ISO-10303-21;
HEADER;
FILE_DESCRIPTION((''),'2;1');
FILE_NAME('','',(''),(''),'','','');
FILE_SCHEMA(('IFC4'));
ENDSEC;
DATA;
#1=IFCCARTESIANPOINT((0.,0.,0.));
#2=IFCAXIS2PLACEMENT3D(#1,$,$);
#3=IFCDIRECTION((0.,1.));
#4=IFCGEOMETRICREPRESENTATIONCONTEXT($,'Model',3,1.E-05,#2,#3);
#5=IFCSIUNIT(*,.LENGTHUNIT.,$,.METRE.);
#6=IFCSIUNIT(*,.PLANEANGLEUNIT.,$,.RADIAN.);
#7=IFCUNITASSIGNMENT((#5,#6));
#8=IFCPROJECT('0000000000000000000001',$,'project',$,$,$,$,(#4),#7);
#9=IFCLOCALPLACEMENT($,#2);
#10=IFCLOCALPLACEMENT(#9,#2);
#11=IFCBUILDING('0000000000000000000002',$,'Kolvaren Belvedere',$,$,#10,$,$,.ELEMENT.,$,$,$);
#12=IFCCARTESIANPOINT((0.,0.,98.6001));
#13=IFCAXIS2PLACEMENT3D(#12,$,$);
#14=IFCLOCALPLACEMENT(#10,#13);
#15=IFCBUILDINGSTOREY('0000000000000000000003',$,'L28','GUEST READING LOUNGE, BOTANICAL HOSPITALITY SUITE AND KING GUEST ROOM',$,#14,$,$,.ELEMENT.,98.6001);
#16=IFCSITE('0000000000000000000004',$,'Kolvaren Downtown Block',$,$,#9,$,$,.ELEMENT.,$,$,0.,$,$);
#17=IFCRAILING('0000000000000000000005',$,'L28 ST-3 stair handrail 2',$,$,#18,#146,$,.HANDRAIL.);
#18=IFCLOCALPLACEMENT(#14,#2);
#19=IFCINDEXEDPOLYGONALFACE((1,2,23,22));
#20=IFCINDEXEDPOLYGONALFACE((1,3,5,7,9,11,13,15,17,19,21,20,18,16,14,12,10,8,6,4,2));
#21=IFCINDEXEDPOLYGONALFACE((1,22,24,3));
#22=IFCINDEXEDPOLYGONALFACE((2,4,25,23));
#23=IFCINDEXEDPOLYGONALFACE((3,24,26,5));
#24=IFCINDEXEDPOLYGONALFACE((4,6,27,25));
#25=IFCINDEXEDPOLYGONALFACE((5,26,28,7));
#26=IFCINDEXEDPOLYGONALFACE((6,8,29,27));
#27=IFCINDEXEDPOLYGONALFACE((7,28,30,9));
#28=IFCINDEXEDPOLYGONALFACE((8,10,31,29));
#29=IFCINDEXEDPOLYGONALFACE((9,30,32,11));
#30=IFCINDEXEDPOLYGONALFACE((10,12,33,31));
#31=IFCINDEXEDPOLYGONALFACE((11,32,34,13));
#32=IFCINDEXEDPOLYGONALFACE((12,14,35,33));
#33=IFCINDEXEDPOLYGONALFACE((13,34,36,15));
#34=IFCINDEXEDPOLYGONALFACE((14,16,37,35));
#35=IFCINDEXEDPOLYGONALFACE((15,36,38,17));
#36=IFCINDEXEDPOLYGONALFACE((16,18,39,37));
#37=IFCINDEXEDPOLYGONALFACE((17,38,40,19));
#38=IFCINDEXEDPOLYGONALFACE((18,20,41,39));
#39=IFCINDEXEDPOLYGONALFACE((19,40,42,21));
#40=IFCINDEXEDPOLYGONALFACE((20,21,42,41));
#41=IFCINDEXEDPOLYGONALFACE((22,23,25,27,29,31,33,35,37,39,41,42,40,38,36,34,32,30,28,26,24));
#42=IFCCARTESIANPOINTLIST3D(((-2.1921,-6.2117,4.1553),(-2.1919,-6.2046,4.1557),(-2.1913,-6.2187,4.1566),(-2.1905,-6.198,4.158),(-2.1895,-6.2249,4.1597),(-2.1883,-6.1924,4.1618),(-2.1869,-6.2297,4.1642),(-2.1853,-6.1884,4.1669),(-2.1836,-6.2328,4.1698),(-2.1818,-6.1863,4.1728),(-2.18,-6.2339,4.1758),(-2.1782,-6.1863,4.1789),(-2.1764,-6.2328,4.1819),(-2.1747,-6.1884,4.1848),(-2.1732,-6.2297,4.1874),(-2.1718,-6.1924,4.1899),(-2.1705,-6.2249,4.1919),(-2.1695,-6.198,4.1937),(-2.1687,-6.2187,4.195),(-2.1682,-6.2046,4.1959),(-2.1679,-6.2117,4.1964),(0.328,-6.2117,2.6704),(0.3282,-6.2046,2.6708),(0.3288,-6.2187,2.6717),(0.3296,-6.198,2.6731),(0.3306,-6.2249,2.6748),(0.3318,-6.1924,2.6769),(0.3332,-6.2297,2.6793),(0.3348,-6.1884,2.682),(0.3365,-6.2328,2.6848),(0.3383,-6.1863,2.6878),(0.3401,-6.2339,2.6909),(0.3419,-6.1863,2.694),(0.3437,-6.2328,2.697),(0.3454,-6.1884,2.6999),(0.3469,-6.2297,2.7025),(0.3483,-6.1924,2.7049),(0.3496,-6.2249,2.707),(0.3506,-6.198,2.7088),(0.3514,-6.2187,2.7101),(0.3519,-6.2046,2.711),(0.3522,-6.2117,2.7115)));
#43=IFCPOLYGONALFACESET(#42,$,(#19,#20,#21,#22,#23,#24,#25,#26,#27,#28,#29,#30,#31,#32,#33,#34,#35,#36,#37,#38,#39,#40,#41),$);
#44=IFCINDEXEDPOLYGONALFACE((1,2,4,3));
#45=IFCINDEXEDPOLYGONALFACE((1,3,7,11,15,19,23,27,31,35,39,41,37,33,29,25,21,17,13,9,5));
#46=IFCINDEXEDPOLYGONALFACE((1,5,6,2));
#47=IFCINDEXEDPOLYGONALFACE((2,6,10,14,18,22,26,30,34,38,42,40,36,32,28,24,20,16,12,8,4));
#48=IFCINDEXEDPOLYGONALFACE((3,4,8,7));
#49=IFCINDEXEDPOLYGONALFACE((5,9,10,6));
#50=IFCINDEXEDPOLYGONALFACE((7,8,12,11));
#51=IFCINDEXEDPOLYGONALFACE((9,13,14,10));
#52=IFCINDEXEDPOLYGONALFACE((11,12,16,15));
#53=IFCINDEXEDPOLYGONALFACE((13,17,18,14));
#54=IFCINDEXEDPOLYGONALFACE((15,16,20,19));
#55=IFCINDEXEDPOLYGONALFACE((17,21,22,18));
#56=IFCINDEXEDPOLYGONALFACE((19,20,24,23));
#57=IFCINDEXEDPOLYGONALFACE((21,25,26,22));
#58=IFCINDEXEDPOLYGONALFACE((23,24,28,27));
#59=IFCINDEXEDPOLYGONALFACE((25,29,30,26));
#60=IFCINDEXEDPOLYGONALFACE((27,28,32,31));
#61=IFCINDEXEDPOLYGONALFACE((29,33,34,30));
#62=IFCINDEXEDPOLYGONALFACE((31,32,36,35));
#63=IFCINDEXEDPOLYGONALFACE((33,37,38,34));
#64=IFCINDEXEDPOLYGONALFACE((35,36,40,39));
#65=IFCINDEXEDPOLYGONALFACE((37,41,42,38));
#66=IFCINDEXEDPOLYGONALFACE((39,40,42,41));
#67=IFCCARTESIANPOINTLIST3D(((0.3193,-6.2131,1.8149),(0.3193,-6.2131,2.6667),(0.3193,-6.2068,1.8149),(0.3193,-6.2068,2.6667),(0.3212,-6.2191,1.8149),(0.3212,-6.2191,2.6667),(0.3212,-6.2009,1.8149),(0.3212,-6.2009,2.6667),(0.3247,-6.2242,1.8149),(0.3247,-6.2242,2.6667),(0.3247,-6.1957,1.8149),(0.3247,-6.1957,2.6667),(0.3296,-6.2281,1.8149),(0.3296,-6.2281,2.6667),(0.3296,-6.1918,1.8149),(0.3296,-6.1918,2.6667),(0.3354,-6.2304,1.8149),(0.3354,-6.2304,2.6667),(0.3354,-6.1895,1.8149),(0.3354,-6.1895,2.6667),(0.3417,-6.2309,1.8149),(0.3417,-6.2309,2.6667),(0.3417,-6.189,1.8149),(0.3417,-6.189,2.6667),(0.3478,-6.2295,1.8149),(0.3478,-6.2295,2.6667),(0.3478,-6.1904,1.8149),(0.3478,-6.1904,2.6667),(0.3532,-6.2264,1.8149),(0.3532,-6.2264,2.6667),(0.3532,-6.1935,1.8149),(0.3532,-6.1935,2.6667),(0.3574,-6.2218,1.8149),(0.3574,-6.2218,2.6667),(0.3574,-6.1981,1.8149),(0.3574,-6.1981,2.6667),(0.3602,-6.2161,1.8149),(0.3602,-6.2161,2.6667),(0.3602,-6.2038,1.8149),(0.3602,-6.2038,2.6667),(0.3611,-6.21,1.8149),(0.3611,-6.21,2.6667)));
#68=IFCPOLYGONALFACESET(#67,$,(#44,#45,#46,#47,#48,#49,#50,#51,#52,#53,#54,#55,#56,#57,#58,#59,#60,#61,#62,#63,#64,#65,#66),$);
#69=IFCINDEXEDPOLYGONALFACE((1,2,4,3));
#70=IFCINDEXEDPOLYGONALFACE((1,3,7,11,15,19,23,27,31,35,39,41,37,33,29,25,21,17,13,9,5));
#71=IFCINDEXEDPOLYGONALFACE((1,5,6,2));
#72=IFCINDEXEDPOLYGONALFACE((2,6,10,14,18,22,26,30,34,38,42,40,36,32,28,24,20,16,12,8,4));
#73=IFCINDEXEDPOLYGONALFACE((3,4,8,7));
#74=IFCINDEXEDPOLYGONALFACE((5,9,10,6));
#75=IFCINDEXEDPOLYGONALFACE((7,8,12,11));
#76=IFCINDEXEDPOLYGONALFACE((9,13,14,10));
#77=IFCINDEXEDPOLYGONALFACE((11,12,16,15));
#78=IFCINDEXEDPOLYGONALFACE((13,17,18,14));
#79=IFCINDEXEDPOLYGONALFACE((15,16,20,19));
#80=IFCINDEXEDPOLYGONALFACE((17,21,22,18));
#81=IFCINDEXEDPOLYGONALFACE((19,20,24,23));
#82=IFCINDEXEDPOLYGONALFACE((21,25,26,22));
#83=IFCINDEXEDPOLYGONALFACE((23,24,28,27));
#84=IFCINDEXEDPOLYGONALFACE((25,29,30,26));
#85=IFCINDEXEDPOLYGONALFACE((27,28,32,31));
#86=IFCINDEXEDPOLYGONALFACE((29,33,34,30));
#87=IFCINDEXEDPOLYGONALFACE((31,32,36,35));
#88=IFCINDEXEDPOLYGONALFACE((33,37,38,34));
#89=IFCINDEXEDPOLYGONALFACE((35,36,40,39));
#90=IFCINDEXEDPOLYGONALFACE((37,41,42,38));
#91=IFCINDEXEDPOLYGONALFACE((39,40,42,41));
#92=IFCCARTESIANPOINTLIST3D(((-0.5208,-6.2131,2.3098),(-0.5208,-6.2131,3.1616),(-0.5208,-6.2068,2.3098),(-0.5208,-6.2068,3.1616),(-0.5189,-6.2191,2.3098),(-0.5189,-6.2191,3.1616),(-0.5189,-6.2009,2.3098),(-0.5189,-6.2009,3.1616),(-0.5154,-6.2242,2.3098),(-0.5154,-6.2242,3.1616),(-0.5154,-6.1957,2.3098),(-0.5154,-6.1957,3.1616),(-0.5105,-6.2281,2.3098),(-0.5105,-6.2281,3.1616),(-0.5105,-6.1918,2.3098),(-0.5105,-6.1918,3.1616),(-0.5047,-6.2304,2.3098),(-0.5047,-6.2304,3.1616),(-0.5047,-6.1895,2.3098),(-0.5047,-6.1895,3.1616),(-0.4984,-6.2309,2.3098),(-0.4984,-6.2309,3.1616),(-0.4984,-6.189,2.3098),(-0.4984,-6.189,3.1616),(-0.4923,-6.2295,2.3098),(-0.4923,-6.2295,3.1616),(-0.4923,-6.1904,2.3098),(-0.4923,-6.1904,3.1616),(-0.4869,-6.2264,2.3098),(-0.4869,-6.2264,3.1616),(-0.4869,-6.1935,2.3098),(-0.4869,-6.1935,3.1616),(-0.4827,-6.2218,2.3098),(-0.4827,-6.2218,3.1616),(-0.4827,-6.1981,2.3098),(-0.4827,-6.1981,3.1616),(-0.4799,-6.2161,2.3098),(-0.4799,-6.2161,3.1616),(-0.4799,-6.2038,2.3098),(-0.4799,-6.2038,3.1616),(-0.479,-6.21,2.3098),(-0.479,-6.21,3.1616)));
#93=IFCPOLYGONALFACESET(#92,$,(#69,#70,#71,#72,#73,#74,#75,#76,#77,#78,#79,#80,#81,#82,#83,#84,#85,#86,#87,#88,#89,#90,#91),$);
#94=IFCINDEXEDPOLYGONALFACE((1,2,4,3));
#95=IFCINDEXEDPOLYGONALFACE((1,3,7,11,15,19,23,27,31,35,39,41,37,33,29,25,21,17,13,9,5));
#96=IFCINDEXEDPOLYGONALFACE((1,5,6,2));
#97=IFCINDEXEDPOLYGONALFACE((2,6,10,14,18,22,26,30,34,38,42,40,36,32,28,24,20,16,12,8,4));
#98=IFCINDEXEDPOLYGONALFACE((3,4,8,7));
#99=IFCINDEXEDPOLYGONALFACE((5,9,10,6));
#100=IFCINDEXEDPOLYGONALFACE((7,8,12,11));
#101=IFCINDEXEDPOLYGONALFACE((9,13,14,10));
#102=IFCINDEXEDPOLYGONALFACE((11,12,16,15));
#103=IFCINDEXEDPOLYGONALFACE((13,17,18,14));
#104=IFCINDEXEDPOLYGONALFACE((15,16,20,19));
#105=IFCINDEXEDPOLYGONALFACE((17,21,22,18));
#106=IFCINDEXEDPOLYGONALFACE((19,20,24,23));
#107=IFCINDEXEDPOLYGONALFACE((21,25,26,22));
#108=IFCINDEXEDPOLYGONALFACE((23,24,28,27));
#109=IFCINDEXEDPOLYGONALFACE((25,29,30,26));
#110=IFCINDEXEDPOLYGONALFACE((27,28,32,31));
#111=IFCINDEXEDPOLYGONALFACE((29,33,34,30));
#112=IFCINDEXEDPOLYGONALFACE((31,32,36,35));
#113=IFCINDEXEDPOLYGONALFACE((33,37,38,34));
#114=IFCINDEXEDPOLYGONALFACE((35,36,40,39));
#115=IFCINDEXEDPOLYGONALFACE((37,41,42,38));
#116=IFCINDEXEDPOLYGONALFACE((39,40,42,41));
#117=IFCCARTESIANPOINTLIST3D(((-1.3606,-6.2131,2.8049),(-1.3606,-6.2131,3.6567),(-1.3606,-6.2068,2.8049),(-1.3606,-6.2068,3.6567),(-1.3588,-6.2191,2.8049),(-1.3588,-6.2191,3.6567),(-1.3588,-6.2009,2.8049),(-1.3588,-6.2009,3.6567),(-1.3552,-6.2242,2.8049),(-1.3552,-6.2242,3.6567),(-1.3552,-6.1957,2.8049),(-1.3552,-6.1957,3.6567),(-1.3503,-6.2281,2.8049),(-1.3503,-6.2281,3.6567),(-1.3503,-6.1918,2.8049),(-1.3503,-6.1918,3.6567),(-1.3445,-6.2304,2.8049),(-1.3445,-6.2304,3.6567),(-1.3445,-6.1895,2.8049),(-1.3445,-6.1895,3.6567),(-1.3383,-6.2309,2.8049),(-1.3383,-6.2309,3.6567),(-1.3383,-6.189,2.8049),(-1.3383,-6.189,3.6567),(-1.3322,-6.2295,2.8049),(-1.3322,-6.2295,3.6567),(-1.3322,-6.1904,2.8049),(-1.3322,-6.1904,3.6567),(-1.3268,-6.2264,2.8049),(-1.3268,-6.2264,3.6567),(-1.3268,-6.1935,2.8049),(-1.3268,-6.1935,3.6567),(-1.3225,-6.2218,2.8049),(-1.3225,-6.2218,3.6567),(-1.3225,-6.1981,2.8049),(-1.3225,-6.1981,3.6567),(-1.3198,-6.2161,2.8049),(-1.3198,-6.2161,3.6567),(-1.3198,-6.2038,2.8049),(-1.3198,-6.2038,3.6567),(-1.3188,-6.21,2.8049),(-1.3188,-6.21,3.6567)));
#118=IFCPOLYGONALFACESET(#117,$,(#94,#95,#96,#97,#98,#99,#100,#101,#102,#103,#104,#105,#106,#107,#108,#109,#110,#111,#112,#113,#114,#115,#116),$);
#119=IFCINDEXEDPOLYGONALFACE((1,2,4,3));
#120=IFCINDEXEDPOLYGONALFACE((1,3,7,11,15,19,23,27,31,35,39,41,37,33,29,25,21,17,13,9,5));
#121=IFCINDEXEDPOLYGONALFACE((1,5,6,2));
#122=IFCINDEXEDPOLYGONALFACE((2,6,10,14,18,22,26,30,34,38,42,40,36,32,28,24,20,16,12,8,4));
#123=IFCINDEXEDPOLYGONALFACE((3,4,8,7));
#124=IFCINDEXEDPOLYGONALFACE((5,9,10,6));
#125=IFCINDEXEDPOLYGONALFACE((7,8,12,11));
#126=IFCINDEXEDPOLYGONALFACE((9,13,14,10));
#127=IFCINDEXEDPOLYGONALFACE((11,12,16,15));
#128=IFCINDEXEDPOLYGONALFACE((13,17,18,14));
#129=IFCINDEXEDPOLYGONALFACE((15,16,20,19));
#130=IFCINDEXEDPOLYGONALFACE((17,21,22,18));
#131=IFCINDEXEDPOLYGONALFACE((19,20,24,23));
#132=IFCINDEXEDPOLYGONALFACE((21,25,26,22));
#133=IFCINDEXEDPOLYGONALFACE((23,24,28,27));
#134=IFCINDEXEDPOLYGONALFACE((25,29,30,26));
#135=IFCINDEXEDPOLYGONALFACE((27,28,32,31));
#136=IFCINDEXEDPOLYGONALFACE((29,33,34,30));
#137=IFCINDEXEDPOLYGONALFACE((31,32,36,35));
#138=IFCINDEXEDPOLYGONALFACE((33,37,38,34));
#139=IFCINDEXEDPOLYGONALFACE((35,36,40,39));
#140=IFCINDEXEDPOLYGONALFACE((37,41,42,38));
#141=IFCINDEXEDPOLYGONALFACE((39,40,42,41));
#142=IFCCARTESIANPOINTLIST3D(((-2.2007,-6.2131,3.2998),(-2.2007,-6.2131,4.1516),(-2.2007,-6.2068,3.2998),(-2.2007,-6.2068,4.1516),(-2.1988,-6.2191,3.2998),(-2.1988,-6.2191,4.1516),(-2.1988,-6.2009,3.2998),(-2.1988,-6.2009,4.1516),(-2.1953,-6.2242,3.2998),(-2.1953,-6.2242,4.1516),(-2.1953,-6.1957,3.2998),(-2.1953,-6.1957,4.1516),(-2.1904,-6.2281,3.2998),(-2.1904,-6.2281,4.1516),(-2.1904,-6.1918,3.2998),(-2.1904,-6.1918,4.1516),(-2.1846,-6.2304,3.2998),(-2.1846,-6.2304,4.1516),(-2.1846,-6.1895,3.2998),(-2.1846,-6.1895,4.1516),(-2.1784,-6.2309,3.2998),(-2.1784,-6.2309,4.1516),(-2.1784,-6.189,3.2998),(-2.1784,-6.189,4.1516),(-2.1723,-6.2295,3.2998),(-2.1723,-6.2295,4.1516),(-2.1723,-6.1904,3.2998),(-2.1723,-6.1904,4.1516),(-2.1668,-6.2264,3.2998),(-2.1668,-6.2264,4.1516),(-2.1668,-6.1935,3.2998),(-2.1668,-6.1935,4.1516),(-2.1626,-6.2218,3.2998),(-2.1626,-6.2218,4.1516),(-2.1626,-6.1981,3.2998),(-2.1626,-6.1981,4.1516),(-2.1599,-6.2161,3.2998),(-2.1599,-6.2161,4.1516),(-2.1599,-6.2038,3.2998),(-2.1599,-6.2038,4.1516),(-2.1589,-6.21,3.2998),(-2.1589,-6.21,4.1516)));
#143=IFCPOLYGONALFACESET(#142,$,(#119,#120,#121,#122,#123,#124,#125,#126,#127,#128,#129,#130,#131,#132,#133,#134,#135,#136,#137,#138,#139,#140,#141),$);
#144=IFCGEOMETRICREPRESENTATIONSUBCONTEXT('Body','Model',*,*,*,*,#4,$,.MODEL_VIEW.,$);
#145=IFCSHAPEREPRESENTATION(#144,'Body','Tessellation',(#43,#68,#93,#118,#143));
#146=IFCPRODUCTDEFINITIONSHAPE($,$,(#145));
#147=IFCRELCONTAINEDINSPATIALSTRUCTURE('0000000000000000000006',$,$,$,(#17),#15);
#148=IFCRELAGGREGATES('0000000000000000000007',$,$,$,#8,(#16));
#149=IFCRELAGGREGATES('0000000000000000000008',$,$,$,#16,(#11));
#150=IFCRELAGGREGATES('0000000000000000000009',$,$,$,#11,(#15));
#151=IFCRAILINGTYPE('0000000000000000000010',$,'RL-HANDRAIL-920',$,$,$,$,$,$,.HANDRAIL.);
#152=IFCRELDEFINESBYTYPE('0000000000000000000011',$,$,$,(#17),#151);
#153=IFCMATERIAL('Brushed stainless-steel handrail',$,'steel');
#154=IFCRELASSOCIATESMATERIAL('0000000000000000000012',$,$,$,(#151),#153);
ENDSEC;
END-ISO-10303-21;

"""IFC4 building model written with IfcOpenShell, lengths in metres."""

from ifc_helpers import new_model, si_unit, direction, frame, origin, origin_2d, place, context, subcontext, project, spatial, circle, extrude, material, type_object, element, save


model = new_model("IFC4")

# Units and contexts
model_context = context("Model", 3, precision=1e-05, world=origin(), true_north=direction((0.0, 1.0)))
body_context = subcontext(model_context, "Body", "Model", "MODEL_VIEW")
ifc_project = project(units=[si_unit("LENGTHUNIT", "METRE"), si_unit("PLANEANGLEUNIT", "RADIAN")], contexts=[model_context])

# Site, building, storey
site_placement = place(None, origin())
site = spatial("IfcSite", under=ifc_project, at=site_placement, Name="Kolvaren Downtown Block", CompositionType="ELEMENT", RefElevation=0.0)
building_placement = place(site_placement, origin())
building = spatial("IfcBuilding", under=site, at=building_placement, Name="Kolvaren Belvedere", CompositionType="ELEMENT")
storey_placement = place(building_placement, frame((0.0, 0.0, 98.6001)))
storey = spatial("IfcBuildingStorey", under=building, at=storey_placement, Name="L28", Description="GUEST READING LOUNGE, BOTANICAL HOSPITALITY SUITE AND KING GUEST ROOM", CompositionType="ELEMENT", Elevation=98.6001)

# Railing
ifc_material_1 = material(Name="Brushed stainless-steel handrail", Category="steel")
railing_type_1 = type_object("IfcRailingType", Name="RL-HANDRAIL-920", PredefinedType="HANDRAIL", material=ifc_material_1)
railing_1_placement = place(storey_placement, frame((0.3401, -6.21, 1.8149)))
element("IfcRailing", 1, at=railing_1_placement, inside=storey, type_object=railing_type_1, Name="L28 ST-3 stair handrail 2", PredefinedType="HANDRAIL", context=body_context, shape_type="SweptSolid", body=[
    extrude(circle(Radius=0.0239, at=origin_2d()), frame((0.0, 0.0, 0.876), z_axis=(-0.861561, 0.0, 0.507655), x_axis=(0.0, -1.0, 0.0)), (0.0, 0.0, 1.0), 2.925),
    extrude(circle(Radius=0.021, at=origin_2d()), origin(), (0.0, 0.0, 1.0), 0.8518),
    extrude(circle(Radius=0.021, at=origin_2d()), frame((-0.8401, 0.0, 0.4949)), (0.0, 0.0, 1.0), 0.8518),
    extrude(circle(Radius=0.021, at=origin_2d()), frame((-1.6799, 0.0, 0.99)), (0.0, 0.0, 1.0), 0.8518),
    extrude(circle(Radius=0.021, at=origin_2d()), frame((-2.52, 0.0, 1.4849)), (0.0, 0.0, 1.0), 0.8518),
])

save(model, "model.ifc")
